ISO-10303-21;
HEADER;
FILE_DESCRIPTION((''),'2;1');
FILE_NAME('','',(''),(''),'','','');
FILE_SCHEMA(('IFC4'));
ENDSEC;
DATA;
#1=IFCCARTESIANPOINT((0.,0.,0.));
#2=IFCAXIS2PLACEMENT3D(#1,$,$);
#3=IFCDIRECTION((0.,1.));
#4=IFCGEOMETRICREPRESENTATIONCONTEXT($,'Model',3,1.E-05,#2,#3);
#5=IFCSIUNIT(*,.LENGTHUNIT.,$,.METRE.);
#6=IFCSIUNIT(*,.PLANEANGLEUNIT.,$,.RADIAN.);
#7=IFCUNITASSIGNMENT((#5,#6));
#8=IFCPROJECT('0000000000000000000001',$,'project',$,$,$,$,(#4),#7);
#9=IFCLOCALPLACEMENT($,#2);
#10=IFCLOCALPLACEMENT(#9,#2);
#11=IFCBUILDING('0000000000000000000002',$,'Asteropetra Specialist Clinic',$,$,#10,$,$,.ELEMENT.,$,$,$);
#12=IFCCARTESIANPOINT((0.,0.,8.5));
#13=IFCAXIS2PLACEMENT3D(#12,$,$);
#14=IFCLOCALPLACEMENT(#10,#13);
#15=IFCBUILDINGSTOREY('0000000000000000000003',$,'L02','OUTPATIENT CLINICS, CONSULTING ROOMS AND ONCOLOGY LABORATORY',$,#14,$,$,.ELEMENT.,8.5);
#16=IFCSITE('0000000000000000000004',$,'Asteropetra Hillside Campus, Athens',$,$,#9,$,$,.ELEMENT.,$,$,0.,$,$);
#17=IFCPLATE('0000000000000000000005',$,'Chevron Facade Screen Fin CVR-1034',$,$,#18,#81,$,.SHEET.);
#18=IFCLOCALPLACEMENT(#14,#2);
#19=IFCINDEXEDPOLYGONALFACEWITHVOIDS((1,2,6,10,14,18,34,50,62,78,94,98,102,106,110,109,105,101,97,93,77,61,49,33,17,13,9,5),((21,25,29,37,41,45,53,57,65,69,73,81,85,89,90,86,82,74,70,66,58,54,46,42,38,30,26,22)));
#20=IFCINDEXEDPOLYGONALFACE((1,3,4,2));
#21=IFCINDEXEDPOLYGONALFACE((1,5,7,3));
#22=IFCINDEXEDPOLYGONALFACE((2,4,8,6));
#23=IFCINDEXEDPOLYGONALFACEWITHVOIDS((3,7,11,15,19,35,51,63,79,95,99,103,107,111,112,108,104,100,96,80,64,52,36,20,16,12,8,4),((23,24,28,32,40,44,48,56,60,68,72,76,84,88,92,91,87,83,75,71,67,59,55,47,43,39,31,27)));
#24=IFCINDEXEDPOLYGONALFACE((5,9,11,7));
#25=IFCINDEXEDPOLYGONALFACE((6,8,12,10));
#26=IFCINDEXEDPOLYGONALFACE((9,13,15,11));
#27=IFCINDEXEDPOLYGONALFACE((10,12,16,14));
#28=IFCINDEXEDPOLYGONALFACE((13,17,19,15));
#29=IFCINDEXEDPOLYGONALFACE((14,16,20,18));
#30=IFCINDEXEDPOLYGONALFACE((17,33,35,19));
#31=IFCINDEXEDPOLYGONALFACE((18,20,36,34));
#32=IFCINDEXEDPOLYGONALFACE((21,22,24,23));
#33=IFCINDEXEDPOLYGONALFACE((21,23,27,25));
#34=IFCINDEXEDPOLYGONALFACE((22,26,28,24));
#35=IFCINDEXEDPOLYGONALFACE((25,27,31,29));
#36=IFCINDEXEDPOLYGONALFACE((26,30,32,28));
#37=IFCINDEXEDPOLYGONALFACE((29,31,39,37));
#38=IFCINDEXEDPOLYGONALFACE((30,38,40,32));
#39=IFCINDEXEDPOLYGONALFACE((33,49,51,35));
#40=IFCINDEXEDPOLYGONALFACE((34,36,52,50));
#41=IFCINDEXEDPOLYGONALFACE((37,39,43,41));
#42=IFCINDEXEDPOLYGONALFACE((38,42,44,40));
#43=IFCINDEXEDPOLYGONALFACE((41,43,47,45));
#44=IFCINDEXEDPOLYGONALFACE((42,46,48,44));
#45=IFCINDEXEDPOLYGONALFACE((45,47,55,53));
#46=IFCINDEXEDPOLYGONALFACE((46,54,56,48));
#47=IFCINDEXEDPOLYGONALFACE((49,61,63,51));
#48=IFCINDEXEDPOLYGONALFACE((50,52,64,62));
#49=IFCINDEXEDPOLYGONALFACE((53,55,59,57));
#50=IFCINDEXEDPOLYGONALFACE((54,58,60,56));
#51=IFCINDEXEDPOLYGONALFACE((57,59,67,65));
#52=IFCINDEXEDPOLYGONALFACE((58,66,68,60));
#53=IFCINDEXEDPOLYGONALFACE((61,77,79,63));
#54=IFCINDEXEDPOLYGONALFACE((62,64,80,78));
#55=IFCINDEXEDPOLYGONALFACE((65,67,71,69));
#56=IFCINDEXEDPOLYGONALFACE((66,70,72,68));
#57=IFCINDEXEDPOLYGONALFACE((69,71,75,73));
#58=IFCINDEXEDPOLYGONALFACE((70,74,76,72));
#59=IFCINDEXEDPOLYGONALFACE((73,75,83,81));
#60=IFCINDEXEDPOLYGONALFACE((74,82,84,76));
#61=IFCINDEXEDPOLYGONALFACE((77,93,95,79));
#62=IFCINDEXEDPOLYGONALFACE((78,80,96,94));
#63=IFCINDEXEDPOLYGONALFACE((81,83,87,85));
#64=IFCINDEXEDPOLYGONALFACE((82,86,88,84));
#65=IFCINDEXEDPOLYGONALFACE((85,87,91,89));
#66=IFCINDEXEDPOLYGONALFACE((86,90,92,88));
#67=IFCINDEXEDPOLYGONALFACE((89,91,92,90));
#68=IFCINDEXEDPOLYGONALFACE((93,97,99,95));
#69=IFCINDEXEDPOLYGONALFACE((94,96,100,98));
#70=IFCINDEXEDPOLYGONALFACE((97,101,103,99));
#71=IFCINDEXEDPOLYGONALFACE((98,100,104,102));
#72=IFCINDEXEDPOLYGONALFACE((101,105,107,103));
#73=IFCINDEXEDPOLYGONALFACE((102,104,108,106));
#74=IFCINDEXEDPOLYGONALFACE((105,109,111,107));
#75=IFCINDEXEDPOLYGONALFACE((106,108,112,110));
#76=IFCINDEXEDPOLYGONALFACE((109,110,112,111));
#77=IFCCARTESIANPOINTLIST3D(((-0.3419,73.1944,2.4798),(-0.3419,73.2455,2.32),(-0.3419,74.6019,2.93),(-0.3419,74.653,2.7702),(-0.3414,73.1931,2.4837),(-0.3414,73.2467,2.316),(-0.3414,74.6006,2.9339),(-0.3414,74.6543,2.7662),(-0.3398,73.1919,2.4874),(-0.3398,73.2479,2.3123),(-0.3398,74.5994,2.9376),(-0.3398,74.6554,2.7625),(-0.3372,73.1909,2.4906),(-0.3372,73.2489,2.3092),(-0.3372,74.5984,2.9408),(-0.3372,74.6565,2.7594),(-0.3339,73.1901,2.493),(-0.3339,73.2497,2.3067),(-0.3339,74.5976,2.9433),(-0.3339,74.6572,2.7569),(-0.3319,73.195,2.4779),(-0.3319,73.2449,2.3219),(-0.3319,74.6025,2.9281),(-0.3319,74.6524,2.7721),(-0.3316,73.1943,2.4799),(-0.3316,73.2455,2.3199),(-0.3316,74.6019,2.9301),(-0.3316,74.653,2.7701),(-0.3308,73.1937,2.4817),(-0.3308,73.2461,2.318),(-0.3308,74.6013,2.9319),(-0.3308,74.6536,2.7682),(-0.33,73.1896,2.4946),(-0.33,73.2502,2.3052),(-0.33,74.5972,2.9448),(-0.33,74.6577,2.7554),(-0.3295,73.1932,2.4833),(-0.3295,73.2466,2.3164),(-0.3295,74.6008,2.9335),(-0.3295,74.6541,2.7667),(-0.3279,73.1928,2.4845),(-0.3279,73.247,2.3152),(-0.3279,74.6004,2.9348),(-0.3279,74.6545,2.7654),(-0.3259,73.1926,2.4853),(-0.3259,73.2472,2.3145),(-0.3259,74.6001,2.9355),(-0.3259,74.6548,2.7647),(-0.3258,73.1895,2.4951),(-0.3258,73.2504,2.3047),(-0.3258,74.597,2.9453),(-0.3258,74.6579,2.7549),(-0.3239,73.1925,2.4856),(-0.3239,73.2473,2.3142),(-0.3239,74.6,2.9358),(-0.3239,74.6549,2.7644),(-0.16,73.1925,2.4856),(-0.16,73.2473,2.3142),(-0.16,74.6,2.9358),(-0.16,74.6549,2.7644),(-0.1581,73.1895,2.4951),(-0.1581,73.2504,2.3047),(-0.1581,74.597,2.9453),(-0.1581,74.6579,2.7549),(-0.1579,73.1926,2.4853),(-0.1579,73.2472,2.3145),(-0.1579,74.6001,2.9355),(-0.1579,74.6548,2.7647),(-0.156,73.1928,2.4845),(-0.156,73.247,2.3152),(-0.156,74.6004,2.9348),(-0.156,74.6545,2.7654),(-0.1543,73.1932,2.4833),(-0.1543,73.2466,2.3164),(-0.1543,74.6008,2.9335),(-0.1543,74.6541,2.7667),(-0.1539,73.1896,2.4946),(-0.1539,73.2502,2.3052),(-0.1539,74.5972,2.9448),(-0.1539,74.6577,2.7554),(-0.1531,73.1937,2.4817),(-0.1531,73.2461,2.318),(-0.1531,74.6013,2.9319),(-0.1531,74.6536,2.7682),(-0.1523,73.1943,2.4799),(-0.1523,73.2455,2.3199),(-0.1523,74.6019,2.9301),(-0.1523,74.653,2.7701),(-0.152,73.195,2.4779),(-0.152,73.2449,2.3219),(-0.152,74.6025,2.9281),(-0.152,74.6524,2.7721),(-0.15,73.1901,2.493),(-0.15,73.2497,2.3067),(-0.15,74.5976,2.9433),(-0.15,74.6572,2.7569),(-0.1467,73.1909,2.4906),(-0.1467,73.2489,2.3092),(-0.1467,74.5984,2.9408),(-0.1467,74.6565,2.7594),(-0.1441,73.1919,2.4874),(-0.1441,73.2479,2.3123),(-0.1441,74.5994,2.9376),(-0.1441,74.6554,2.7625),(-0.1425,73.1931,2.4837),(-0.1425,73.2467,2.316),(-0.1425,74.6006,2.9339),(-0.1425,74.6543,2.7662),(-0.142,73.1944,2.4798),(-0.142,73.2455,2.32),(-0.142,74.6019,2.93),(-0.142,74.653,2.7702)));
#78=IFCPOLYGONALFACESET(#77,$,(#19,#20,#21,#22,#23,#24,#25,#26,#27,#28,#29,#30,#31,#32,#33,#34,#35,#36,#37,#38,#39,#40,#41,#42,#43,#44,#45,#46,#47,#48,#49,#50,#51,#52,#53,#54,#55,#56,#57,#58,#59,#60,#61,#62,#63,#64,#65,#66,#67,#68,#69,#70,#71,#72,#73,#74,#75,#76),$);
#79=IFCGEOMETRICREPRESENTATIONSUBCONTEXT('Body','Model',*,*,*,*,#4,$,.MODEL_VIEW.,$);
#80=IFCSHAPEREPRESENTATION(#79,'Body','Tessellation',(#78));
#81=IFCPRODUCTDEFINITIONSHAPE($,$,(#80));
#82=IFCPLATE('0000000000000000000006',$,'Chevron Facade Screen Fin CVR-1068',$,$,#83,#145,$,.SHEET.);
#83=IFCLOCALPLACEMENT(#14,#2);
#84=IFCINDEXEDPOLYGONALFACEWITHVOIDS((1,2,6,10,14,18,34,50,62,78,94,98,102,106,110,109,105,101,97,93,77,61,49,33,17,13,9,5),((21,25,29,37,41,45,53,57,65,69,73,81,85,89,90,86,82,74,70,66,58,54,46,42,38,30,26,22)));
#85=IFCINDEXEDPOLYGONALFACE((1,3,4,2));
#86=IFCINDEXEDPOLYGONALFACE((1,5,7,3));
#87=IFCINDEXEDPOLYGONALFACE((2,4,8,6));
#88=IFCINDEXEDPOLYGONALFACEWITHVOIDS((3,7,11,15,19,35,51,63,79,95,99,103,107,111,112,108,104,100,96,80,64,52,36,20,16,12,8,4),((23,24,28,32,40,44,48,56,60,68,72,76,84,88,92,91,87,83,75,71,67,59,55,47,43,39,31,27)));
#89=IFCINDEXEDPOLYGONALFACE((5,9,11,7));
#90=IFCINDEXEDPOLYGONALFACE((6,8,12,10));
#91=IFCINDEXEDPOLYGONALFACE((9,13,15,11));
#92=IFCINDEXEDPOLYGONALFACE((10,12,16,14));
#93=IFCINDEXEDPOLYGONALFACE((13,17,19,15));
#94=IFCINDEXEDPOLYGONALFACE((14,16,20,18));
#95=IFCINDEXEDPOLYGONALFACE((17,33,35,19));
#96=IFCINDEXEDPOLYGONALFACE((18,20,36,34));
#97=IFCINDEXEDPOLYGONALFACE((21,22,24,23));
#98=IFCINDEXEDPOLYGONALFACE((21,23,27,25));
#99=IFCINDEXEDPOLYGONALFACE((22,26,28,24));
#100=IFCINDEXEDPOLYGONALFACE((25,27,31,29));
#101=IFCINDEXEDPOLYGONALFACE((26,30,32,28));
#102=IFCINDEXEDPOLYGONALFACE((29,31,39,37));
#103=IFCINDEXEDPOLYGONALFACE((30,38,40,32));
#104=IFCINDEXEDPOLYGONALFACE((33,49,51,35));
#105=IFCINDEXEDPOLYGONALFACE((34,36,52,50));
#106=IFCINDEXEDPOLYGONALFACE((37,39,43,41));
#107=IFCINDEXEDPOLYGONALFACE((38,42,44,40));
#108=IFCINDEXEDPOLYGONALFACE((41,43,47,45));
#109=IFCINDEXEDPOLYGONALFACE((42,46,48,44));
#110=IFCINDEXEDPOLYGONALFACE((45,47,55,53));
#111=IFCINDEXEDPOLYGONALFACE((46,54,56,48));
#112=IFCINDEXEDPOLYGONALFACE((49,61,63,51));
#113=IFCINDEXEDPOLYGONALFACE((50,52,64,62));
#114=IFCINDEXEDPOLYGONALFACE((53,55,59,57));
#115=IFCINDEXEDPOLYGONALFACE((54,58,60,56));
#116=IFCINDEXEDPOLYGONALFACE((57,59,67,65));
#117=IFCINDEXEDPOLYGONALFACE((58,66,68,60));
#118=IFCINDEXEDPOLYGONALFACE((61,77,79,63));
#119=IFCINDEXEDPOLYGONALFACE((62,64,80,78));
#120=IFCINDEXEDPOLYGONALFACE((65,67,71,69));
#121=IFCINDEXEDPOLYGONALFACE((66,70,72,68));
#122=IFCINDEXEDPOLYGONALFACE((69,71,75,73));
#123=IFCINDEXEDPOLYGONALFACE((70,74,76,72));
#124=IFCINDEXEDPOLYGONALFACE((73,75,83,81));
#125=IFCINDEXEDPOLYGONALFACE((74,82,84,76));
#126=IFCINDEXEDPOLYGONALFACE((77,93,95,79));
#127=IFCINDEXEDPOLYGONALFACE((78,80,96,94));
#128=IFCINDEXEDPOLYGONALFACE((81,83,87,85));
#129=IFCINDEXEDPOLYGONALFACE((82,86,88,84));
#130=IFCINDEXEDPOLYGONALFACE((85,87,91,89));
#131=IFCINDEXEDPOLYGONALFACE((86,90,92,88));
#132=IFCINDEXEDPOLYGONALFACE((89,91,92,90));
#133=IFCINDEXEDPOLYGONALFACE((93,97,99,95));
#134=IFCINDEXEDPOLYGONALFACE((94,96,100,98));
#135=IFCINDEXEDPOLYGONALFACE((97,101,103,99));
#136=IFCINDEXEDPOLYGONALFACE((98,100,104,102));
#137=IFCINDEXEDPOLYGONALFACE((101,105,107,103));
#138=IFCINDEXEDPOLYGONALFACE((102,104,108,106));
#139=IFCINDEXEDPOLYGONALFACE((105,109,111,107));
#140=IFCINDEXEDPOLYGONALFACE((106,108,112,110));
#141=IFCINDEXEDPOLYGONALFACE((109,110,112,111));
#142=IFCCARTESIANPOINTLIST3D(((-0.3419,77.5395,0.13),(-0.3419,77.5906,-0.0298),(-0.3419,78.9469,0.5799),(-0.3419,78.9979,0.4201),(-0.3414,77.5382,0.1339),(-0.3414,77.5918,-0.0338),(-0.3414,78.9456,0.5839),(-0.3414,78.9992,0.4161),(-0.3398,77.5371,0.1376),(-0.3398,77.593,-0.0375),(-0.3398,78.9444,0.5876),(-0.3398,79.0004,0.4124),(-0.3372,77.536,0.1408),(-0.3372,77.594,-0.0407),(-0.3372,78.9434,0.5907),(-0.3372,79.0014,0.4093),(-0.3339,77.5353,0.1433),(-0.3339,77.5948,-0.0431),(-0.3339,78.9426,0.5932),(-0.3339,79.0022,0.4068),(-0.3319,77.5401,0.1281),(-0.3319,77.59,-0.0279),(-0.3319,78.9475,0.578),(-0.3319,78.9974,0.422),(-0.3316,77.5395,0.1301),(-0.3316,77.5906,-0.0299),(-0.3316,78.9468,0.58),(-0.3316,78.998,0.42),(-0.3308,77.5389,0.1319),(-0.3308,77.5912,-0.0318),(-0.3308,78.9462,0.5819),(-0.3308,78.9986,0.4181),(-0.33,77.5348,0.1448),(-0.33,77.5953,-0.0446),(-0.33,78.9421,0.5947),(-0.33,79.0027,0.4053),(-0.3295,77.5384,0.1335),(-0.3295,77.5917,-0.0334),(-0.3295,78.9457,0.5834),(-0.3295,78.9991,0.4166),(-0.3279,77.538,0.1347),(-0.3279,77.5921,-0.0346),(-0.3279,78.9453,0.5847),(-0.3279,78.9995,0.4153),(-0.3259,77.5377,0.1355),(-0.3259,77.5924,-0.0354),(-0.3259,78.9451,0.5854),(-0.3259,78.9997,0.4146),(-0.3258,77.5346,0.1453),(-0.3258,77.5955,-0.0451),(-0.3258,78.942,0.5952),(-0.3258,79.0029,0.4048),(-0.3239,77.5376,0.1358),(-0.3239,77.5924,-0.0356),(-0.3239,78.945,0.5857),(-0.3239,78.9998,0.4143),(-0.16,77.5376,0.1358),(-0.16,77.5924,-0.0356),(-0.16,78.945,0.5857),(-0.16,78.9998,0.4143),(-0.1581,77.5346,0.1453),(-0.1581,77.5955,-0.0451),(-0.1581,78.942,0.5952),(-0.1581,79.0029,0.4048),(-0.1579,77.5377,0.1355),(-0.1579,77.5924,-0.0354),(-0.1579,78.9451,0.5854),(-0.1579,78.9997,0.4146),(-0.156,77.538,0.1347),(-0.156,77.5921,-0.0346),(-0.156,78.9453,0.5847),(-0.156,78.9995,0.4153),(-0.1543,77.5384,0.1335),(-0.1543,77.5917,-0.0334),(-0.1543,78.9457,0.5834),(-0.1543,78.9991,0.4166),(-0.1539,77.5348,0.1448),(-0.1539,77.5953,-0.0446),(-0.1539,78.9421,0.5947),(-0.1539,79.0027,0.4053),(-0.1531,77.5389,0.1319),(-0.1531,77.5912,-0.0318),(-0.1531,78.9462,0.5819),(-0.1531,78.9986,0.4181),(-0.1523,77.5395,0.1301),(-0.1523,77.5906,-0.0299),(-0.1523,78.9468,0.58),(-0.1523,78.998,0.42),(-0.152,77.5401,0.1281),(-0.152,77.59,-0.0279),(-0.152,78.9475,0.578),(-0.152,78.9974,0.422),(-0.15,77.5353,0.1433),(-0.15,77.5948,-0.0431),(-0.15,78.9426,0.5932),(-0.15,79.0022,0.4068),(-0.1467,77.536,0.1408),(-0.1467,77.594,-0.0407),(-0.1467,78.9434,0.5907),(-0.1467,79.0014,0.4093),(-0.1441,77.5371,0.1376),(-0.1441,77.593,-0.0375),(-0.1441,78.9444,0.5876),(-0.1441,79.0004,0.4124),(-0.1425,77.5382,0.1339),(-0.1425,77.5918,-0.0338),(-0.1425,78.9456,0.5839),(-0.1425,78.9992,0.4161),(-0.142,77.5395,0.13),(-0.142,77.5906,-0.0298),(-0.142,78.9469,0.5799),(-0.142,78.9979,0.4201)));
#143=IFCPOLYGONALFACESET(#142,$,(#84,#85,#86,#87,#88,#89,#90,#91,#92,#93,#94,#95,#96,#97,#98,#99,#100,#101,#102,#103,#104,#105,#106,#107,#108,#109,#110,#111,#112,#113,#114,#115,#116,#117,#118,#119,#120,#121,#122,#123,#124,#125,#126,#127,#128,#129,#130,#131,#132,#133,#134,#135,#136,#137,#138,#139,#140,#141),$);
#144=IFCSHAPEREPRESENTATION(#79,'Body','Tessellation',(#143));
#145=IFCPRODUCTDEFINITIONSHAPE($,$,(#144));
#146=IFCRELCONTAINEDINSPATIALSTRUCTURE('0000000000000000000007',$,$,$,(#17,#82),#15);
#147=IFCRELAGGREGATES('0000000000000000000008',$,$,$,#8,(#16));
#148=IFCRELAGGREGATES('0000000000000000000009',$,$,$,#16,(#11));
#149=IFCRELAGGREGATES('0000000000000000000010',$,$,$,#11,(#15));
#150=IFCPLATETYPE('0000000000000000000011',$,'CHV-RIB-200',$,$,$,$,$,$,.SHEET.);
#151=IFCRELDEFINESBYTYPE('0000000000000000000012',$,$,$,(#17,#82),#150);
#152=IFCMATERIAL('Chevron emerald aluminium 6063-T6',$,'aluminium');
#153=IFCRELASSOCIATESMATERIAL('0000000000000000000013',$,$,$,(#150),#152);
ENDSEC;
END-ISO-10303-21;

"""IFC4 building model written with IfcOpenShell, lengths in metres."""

from ifc_helpers import new_model, si_unit, direction, frame, origin, origin_2d, place, context, subcontext, project, spatial, hollow_rectangle, extrude, material, material_profile, profile_set, type_object, element, save


model = new_model("IFC4")

# Units and contexts
model_context = context("Model", 3, precision=1e-05, world=origin(), true_north=direction((0.0, 1.0)))
body_context = subcontext(model_context, "Body", "Model", "MODEL_VIEW")
ifc_project = project(units=[si_unit("LENGTHUNIT", "METRE"), si_unit("PLANEANGLEUNIT", "RADIAN")], contexts=[model_context])

# Site, building, storey
site_placement = place(None, origin())
site = spatial("IfcSite", under=ifc_project, at=site_placement, Name="Asteropetra Hillside Campus, Athens", CompositionType="ELEMENT", RefElevation=0.0)
building_placement = place(site_placement, origin())
building = spatial("IfcBuilding", under=site, at=building_placement, Name="Asteropetra Specialist Clinic", CompositionType="ELEMENT")
storey_placement = place(building_placement, frame((0.0, 0.0, 8.5)))
storey = spatial("IfcBuildingStorey", under=building, at=storey_placement, Name="L02", Description="OUTPATIENT CLINICS, CONSULTING ROOMS AND ONCOLOGY LABORATORY", CompositionType="ELEMENT", Elevation=8.5)

# Plates
ifc_material_1 = material(Name="Chevron emerald aluminium 6063-T6", Category="aluminium")
ifc_material_profile_1 = material_profile(ifc_material_1, hollow_rectangle(XDim=0.2, YDim=0.2, WallThickness=0.01, InnerFilletRadius=0.0081, OuterFilletRadius=0.0161, at=origin_2d()), Name="SHS 200x200x10.0")
ifc_profile_set_1 = profile_set([ifc_material_profile_1], Name="Chevron emerald aluminium 6063-T6")
plate_type_1 = type_object("IfcPlateType", Name="CHV-RIB-200", PredefinedType="SHEET", material=ifc_profile_set_1)
for number, where, z_axis, x_axis, name in (
    (1, (-0.2419, 74.6274, 2.8501), (0.0, -0.952463, -0.304656), (1.0, 0.0, 0.0), "Chevron Facade Screen Fin CVR-1034"),
):
    element("IfcPlate", number, at=place(storey_placement, frame(where, z_axis=z_axis, x_axis=x_axis)), inside=storey, type_object=plate_type_1, Name=name, PredefinedType="SHEET", context=body_context, shape_type="SweptSolid", body=[
        extrude(hollow_rectangle(XDim=0.2, YDim=0.2, WallThickness=0.01, InnerFilletRadius=0.0081, OuterFilletRadius=0.0161, at=origin_2d()), origin(), (0.0, 0.0, 1.0), 1.4778),
    ])
for number, where, z_axis, x_axis, name in (
    (2, (-0.2419, 78.9724, 0.5), (0.0, -0.95251, -0.304506), (1.0, 0.0, 0.0), "Chevron Facade Screen Fin CVR-1068"),
):
    element("IfcPlate", number, at=place(storey_placement, frame(where, z_axis=z_axis, x_axis=x_axis)), inside=storey, type_object=plate_type_1, Name=name, PredefinedType="SHEET", context=body_context, shape_type="SweptSolid", body=[
        extrude(hollow_rectangle(XDim=0.2, YDim=0.2, WallThickness=0.01, InnerFilletRadius=0.0081, OuterFilletRadius=0.0161, at=origin_2d()), origin(), (0.0, 0.0, 1.0), 1.4775),
    ])

save(model, "model.ifc")
